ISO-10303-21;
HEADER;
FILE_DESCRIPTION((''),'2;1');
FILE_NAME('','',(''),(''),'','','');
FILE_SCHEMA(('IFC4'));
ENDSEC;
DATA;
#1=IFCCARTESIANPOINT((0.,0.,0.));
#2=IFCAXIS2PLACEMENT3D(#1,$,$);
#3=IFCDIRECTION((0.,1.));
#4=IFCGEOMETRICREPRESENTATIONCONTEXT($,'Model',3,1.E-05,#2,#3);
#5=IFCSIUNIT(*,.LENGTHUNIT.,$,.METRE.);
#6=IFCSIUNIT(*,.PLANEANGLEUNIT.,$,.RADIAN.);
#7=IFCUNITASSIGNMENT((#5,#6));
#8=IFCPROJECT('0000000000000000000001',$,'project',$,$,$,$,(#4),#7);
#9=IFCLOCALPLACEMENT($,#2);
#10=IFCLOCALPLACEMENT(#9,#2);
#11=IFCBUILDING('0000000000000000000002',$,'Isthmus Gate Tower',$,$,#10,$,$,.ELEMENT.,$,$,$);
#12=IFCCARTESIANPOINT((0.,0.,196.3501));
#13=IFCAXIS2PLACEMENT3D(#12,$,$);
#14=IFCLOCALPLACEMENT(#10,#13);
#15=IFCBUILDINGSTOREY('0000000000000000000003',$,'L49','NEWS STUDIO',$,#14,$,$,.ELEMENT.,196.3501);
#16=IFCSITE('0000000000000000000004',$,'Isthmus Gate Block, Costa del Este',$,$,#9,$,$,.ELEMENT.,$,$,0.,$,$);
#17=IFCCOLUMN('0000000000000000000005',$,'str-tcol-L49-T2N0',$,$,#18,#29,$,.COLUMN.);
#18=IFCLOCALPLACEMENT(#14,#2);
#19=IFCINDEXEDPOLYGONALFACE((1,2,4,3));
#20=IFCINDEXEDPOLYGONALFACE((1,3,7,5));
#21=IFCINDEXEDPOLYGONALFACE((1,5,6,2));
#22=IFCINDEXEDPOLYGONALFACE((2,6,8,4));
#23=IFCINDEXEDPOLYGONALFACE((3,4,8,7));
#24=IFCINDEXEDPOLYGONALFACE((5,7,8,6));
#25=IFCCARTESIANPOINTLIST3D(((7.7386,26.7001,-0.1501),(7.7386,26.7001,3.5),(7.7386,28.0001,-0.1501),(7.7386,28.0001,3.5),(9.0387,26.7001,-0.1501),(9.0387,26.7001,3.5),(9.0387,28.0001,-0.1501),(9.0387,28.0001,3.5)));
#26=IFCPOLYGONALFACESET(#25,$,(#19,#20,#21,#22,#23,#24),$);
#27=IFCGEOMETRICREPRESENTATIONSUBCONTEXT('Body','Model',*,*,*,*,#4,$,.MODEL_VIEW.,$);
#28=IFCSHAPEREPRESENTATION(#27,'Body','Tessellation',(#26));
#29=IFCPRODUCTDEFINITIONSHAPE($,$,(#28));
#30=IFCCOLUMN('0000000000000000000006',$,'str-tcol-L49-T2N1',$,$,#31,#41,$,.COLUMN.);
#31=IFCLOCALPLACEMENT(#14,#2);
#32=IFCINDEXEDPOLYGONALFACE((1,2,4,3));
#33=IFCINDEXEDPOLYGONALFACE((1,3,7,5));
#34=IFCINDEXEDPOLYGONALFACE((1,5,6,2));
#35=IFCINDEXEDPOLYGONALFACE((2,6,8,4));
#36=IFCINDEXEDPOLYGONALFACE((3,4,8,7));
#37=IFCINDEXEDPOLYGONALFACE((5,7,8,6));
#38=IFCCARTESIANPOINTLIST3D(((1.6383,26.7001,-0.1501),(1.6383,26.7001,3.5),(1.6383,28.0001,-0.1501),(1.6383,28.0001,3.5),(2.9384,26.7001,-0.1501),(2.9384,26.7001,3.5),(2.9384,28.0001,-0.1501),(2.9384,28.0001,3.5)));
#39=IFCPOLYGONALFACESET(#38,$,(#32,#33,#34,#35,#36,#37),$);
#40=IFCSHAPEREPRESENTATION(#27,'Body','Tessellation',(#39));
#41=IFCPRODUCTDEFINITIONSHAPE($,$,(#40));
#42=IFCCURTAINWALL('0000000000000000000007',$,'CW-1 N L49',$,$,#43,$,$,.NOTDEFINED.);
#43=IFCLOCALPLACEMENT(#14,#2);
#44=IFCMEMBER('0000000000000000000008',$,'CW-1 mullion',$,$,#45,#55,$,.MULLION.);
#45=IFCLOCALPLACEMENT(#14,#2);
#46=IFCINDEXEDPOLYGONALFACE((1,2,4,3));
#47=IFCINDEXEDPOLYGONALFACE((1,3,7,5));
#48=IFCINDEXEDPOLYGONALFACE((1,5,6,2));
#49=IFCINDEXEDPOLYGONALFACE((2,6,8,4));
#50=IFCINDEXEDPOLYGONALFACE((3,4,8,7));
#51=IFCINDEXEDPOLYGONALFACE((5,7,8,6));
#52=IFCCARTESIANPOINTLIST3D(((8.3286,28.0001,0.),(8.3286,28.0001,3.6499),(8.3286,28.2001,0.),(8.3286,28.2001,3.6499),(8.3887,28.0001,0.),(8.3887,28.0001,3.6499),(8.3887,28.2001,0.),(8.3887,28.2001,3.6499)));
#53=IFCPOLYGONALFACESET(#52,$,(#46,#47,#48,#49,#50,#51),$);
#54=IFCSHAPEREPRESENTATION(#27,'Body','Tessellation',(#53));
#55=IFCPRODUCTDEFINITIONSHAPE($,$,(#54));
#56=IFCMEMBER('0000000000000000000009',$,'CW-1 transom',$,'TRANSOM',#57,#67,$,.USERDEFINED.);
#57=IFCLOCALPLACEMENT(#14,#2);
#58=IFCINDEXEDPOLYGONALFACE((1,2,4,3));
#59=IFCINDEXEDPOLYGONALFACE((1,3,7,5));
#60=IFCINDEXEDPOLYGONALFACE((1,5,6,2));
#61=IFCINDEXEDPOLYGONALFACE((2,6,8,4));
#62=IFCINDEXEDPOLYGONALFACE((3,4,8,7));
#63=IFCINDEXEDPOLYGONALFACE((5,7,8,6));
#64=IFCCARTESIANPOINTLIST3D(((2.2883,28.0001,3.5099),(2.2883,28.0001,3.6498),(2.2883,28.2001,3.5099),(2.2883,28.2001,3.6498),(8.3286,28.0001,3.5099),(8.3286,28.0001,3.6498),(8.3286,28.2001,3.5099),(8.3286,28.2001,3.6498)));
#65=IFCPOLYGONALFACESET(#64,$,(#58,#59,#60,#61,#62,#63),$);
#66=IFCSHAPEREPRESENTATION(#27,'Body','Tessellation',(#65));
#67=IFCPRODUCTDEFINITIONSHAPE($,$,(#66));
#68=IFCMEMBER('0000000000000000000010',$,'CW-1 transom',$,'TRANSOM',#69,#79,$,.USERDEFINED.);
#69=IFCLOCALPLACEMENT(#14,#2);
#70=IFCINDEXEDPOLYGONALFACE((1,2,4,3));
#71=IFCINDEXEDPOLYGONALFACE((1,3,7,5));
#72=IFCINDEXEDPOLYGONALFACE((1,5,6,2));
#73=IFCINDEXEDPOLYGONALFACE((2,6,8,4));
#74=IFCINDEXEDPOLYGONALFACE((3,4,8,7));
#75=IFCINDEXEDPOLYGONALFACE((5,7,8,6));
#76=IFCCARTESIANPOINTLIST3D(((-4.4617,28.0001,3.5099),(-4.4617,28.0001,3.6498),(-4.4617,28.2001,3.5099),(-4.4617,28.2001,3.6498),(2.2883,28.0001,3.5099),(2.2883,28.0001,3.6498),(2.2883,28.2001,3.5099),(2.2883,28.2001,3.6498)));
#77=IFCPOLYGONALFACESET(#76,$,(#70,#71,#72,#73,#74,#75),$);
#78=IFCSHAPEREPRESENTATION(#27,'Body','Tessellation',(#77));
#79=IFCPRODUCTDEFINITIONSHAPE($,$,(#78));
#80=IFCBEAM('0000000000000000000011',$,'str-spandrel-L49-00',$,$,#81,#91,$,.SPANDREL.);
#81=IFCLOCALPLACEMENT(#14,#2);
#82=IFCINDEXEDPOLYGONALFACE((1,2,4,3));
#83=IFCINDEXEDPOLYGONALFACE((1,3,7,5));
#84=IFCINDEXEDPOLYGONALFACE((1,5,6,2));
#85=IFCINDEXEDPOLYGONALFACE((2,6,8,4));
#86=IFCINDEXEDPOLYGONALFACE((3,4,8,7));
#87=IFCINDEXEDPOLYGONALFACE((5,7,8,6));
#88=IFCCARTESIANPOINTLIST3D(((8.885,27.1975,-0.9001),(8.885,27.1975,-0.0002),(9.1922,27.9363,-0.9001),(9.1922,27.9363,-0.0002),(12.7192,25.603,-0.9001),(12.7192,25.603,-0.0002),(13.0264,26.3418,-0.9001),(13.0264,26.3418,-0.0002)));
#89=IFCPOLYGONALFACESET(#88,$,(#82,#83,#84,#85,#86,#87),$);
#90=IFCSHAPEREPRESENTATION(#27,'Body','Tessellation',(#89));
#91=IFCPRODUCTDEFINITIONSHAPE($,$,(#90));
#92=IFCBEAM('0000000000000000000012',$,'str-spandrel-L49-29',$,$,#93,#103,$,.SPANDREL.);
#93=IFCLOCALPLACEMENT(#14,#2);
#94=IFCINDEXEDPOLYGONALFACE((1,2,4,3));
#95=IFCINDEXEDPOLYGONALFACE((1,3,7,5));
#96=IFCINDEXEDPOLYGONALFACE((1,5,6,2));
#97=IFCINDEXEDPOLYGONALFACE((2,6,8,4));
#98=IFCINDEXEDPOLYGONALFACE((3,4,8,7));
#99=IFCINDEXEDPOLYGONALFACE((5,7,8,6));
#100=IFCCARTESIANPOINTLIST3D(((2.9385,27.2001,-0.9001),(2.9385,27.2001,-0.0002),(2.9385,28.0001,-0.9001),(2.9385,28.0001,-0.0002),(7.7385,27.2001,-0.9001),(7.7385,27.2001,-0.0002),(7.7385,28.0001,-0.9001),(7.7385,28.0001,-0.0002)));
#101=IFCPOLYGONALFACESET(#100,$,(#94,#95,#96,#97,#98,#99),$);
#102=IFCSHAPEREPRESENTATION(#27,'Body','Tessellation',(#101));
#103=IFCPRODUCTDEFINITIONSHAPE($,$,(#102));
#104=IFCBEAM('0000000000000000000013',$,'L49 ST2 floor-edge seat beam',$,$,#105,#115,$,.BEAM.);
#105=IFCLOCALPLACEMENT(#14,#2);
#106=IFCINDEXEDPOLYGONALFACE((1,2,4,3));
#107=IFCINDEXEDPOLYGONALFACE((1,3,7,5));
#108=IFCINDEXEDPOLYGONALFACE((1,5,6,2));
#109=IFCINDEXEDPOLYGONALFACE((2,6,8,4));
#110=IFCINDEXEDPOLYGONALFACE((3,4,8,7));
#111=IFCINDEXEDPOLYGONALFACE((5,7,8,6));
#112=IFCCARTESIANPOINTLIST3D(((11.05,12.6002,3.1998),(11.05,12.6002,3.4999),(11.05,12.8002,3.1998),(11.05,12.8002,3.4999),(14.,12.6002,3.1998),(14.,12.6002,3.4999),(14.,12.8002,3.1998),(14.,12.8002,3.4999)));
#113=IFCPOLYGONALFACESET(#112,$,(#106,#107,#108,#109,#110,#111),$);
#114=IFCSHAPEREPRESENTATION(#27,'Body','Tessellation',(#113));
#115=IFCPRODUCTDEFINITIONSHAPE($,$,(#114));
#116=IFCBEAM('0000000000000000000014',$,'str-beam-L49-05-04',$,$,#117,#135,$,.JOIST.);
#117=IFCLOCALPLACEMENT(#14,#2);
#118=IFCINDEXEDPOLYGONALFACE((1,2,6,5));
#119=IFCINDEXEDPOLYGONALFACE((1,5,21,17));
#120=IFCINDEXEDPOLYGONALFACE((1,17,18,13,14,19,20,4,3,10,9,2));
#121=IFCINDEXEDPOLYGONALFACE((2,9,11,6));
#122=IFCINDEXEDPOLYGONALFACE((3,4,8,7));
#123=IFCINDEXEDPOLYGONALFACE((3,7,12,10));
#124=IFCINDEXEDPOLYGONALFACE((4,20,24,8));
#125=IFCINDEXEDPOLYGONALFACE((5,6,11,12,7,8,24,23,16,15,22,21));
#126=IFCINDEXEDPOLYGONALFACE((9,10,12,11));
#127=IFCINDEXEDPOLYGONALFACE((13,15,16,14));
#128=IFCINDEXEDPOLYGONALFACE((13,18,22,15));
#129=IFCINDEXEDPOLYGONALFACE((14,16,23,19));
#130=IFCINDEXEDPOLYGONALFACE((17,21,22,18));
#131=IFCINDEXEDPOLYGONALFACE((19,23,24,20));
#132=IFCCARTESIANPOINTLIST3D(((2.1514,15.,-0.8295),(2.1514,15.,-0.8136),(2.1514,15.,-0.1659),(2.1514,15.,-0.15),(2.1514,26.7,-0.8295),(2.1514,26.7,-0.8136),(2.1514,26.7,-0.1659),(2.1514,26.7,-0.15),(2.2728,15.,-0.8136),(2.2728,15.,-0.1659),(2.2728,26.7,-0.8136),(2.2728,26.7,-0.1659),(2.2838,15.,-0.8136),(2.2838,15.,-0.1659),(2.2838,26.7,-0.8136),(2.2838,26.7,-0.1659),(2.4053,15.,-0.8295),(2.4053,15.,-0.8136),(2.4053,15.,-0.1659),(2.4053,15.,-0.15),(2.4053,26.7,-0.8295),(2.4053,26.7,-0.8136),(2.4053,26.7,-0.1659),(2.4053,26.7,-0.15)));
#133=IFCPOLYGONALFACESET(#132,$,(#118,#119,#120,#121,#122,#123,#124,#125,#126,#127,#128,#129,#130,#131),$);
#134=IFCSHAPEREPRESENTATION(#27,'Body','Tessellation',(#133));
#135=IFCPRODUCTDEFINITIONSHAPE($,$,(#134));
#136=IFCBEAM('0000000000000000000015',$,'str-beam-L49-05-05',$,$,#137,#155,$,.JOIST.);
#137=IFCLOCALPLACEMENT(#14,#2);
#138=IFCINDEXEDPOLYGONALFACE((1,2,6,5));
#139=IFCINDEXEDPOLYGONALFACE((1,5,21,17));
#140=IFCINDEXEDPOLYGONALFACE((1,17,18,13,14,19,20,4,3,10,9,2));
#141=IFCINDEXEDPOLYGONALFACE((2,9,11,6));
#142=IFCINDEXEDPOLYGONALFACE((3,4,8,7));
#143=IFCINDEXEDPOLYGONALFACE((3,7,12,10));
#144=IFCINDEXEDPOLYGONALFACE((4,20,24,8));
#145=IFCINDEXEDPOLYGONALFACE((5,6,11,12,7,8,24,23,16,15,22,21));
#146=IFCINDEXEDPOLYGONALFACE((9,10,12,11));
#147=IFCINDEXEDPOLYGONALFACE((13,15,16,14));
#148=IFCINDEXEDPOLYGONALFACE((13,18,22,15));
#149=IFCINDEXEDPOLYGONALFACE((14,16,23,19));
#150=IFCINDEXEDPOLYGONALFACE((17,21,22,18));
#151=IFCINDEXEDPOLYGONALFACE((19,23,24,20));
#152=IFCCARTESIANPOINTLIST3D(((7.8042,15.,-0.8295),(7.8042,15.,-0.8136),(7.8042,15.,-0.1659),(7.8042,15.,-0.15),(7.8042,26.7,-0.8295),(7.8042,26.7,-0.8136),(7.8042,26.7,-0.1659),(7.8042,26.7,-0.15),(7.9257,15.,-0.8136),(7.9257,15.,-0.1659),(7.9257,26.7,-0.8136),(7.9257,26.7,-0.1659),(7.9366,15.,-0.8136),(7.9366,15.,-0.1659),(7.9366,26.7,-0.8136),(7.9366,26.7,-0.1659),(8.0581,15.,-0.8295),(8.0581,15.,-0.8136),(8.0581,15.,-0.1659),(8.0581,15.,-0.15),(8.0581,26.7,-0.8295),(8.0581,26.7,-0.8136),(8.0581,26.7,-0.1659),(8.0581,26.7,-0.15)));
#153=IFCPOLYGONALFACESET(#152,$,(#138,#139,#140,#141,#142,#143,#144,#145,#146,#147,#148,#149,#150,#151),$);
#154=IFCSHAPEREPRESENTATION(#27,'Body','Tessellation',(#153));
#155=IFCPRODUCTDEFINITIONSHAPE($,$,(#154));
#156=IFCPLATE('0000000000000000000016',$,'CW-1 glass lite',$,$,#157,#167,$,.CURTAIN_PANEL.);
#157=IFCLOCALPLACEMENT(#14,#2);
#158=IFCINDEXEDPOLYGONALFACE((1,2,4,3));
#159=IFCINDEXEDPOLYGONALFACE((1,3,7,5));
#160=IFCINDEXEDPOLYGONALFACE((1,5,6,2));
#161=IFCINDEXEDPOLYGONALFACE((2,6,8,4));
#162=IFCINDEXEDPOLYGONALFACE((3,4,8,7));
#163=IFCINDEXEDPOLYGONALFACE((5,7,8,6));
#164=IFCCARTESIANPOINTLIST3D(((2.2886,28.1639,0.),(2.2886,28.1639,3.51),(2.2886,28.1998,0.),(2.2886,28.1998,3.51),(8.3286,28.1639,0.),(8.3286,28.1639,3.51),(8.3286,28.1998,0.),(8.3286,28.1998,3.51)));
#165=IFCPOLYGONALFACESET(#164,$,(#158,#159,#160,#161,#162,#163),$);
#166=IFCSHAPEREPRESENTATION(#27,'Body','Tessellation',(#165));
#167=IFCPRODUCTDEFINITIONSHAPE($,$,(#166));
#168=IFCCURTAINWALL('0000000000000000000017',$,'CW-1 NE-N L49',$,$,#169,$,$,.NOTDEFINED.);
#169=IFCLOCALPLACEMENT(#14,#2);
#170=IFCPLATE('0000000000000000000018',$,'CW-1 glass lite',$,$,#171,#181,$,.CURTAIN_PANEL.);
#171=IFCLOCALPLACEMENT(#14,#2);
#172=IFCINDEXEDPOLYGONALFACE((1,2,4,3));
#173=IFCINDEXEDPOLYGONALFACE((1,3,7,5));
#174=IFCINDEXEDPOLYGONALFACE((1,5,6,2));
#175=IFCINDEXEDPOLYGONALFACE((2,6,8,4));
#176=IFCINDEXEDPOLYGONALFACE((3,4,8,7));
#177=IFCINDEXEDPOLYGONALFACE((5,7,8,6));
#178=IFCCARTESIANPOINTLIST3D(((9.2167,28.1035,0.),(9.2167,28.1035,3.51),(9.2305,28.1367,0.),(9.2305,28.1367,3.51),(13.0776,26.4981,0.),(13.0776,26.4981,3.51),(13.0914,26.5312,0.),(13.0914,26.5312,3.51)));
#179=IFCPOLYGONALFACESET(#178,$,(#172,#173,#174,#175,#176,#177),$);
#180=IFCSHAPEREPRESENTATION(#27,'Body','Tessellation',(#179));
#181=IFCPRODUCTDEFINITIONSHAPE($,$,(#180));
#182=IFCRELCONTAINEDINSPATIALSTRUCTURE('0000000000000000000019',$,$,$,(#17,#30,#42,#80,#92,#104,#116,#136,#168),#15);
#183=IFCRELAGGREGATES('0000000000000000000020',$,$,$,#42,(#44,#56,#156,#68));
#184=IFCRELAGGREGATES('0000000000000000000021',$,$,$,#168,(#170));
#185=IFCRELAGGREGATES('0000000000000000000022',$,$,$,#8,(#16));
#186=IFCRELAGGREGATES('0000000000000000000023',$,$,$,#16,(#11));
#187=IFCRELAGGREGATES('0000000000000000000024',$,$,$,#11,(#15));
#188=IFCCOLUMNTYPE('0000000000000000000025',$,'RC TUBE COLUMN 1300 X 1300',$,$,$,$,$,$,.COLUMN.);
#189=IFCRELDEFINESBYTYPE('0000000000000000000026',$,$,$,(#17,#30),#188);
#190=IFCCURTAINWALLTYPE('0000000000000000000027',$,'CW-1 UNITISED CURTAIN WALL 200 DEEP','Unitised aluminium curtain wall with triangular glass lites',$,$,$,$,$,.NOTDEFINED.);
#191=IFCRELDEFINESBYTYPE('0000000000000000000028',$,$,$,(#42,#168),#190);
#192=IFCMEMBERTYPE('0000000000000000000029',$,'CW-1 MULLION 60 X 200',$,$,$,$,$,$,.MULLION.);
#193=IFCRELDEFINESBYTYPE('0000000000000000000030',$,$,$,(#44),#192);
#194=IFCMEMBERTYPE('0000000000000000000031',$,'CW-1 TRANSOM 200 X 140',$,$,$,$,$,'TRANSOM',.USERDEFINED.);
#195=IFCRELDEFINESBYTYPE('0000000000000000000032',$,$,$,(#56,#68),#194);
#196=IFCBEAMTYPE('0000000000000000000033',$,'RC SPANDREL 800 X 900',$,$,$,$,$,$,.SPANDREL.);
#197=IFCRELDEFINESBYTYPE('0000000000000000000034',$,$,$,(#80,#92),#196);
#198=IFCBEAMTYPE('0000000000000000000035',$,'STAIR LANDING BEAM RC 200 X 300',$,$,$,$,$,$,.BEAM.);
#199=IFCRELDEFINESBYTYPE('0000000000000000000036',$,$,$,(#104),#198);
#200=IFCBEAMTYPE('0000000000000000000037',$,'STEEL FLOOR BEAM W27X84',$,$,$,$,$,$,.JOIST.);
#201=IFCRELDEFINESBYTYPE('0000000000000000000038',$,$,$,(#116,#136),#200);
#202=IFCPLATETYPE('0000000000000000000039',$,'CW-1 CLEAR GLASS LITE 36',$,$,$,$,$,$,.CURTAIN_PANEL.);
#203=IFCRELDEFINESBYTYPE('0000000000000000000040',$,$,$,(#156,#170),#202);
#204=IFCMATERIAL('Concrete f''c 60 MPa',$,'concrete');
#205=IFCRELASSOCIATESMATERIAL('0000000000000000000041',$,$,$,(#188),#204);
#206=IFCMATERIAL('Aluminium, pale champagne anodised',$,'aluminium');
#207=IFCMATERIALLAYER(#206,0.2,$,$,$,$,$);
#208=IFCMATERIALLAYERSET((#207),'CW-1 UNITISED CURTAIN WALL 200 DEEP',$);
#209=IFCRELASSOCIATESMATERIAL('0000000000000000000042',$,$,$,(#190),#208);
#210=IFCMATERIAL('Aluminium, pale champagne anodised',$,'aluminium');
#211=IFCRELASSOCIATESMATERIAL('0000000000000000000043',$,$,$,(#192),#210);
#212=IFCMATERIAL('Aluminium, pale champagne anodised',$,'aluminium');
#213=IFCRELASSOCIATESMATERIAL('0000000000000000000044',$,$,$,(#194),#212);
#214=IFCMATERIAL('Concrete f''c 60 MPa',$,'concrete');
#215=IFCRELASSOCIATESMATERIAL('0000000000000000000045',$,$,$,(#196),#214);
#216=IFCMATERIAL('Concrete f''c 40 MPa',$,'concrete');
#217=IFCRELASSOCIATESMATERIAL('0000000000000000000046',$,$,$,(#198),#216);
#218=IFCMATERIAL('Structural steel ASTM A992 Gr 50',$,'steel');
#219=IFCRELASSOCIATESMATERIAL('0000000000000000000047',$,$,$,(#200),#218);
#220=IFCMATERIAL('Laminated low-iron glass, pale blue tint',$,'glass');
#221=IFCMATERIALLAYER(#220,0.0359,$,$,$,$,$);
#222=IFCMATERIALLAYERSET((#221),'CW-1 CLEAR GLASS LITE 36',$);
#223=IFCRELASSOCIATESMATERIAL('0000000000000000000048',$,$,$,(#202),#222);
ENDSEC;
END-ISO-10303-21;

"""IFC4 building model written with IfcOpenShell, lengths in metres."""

from ifc_helpers import new_model, si_unit, direction, frame, origin, origin_2d, place, context, subcontext, project, spatial, rectangle, i_section, extrude, material, layer, layer_set, material_profile, profile_set, type_object, element, aggregate, save


model = new_model("IFC4")

# Units and contexts
model_context = context("Model", 3, precision=1e-05, world=origin(), true_north=direction((0.0, 1.0)))
body_context = subcontext(model_context, "Body", "Model", "MODEL_VIEW")
ifc_project = project(units=[si_unit("LENGTHUNIT", "METRE"), si_unit("PLANEANGLEUNIT", "RADIAN")], contexts=[model_context])

# Site, building, storey
site_placement = place(None, origin())
site = spatial("IfcSite", under=ifc_project, at=site_placement, Name="Isthmus Gate Block, Costa del Este", CompositionType="ELEMENT", RefElevation=0.0)
building_placement = place(site_placement, origin())
building = spatial("IfcBuilding", under=site, at=building_placement, Name="Isthmus Gate Tower", CompositionType="ELEMENT")
storey_placement = place(building_placement, frame((0.0, 0.0, 196.3501)))
storey = spatial("IfcBuildingStorey", under=building, at=storey_placement, Name="L49", Description="NEWS STUDIO", CompositionType="ELEMENT", Elevation=196.3501)

# Columns
ifc_material_1 = material(Name="Concrete f'c 60 MPa", Category="concrete")
ifc_material_profile_1 = material_profile(ifc_material_1, rectangle(XDim=1.3, YDim=1.3, at=origin_2d()), Name="RC 1300X1300")
ifc_profile_set_1 = profile_set([ifc_material_profile_1], Name="Concrete f'c 60 MPa")
column_type = type_object("IfcColumnType", Name="RC TUBE COLUMN 1300 X 1300", PredefinedType="COLUMN", material=ifc_profile_set_1)
for number, where, z_axis, x_axis, name in (
    (1, (8.3887, 27.3501, -0.1501), (0.0, 0.0, 1.0), (-1.0, 0.0, 0.0), "str-tcol-L49-T2N0"),
    (2, (2.2883, 27.3501, -0.1501), (0.0, 0.0, 1.0), (-1.0, 0.0, 0.0), "str-tcol-L49-T2N1"),
):
    element("IfcColumn", number, at=place(storey_placement, frame(where, z_axis=z_axis, x_axis=x_axis)), inside=storey, type_object=column_type, Name=name, PredefinedType="COLUMN", context=body_context, shape_type="SweptSolid", body=[
        extrude(rectangle(XDim=1.3, YDim=1.3, at=origin_2d()), origin(), (0.0, 0.0, 1.0), 3.6501),
    ])

# Curtain wall, members
ifc_material_2 = material(Name="Aluminium, pale champagne anodised", Category="aluminium")
ifc_layer_1 = layer(ifc_material_2, 0.2)
ifc_layer_set_1 = layer_set([ifc_layer_1], Name="CW-1 UNITISED CURTAIN WALL 200 DEEP")
curtain_wall_type = type_object("IfcCurtainWallType", Name="CW-1 UNITISED CURTAIN WALL 200 DEEP", Description="Unitised aluminium curtain wall with triangular glass lites", PredefinedType="NOTDEFINED", material=ifc_layer_set_1)
curtain_wall_1_placement = place(storey_placement, origin())
curtain_wall_1 = element("IfcCurtainWall", 3, at=curtain_wall_1_placement, inside=storey, type_object=curtain_wall_type, Name="CW-1 N L49", PredefinedType="NOTDEFINED")
ifc_material_3 = material(Name="Aluminium, pale champagne anodised", Category="aluminium")
ifc_material_profile_2 = material_profile(ifc_material_3, rectangle(XDim=0.0601, YDim=0.2, at=origin_2d()), Name="60x200")
ifc_profile_set_2 = profile_set([ifc_material_profile_2], Name="Aluminium, pale champagne anodised")
member_type_1 = type_object("IfcMemberType", Name="CW-1 MULLION 60 X 200", PredefinedType="MULLION", material=ifc_profile_set_2)
member_1_placement = place(storey_placement, frame((8.3586, 28.1001, 0.0), z_axis=(0.0, 0.0, 1.0), x_axis=(-1.0, 0.0, 0.0)))
member_1 = element("IfcMember", 4, at=member_1_placement, type_object=member_type_1, Name="CW-1 mullion", PredefinedType="MULLION", context=body_context, shape_type="SweptSolid", body=[
    extrude(rectangle(XDim=0.0601, YDim=0.2, at=origin_2d()), origin(), (0.0, 0.0, 1.0), 3.6499),
])
ifc_material_4 = material(Name="Aluminium, pale champagne anodised", Category="aluminium")
ifc_material_profile_3 = material_profile(ifc_material_4, rectangle(XDim=0.2, YDim=0.1399, at=origin_2d()), Name="200x140")
ifc_profile_set_3 = profile_set([ifc_material_profile_3], Name="Aluminium, pale champagne anodised")
member_type_2 = type_object("IfcMemberType", Name="CW-1 TRANSOM 200 X 140", ElementType="TRANSOM", PredefinedType="USERDEFINED", material=ifc_profile_set_3)
member_2_placement = place(storey_placement, frame((8.3286, 28.1001, 3.5798), z_axis=(-1.0, 0.0, 0.0), x_axis=(0.0, -1.0, 0.0)))
member_2 = element("IfcMember", 5, at=member_2_placement, type_object=member_type_2, Name="CW-1 transom", ObjectType="TRANSOM", PredefinedType="USERDEFINED", context=body_context, shape_type="SweptSolid", body=[
    extrude(rectangle(XDim=0.2, YDim=0.1399, at=origin_2d()), origin(), (0.0, 0.0, 1.0), 6.0403),
])
member_3_placement = place(storey_placement, frame((2.2883, 28.1001, 3.5798), z_axis=(-1.0, 0.0, 0.0), x_axis=(0.0, -1.0, 0.0)))
member_3 = element("IfcMember", 6, at=member_3_placement, type_object=member_type_2, Name="CW-1 transom", ObjectType="TRANSOM", PredefinedType="USERDEFINED", context=body_context, shape_type="SweptSolid", body=[
    extrude(rectangle(XDim=0.2, YDim=0.1399, at=origin_2d()), origin(), (0.0, 0.0, 1.0), 6.75),
])

# Beams
ifc_material_5 = material(Name="Concrete f'c 60 MPa", Category="concrete")
ifc_material_profile_4 = material_profile(ifc_material_5, rectangle(XDim=0.8, YDim=0.8999, at=origin_2d()), Name="RC 800X900")
ifc_profile_set_4 = profile_set([ifc_material_profile_4], Name="Concrete f'c 60 MPa")
beam_type_1 = type_object("IfcBeamType", Name="RC SPANDREL 800 X 900", PredefinedType="SPANDREL", material=ifc_profile_set_4)
beam_1_placement = place(storey_placement, frame((9.0386, 27.5669, -0.4502), z_axis=(0.923343, -0.383977, 0.0), x_axis=(0.383977, 0.923343, 0.0)))
element("IfcBeam", 7, at=beam_1_placement, inside=storey, type_object=beam_type_1, Name="str-spandrel-L49-00", PredefinedType="SPANDREL", context=body_context, shape_type="SweptSolid", body=[
    extrude(rectangle(XDim=0.8, YDim=0.8999, at=origin_2d()), origin(), (0.0, 0.0, 1.0), 4.1526),
])
beam_2_placement = place(storey_placement, frame((2.9385, 27.6001, -0.4502), z_axis=(1.0, 0.0, 0.0), x_axis=(0.0, 1.0, 0.0)))
element("IfcBeam", 8, at=beam_2_placement, inside=storey, type_object=beam_type_1, Name="str-spandrel-L49-29", PredefinedType="SPANDREL", context=body_context, shape_type="SweptSolid", body=[
    extrude(rectangle(XDim=0.8, YDim=0.8999, at=origin_2d()), origin(), (0.0, 0.0, 1.0), 4.8),
])
ifc_material_6 = material(Name="Concrete f'c 40 MPa", Category="concrete")
ifc_material_profile_5 = material_profile(ifc_material_6, rectangle(XDim=0.2, YDim=0.3, at=origin_2d()), Name="STAIR LANDING BEAM RC 200 X 300")
ifc_profile_set_5 = profile_set([ifc_material_profile_5], Name="Concrete f'c 40 MPa")
beam_type_2 = type_object("IfcBeamType", Name="STAIR LANDING BEAM RC 200 X 300", PredefinedType="BEAM", material=ifc_profile_set_5)
beam_3_placement = place(storey_placement, frame((11.05, 12.7002, 3.3499), z_axis=(1.0, 0.0, 0.0), x_axis=(0.0, 1.0, 0.0)))
element("IfcBeam", 9, at=beam_3_placement, inside=storey, type_object=beam_type_2, Name="L49 ST2 floor-edge seat beam", PredefinedType="BEAM", context=body_context, shape_type="SweptSolid", body=[
    extrude(rectangle(XDim=0.2, YDim=0.3, at=origin_2d()), origin(), (0.0, 0.0, 1.0), 2.95),
])
ifc_material_7 = material(Name="Structural steel ASTM A992 Gr 50", Category="steel")
ifc_material_profile_6 = material_profile(ifc_material_7, i_section(OverallWidth=0.2539, OverallDepth=0.6794, WebThickness=0.011, FlangeThickness=0.0159, at=origin_2d()), Name="W27X84")
ifc_profile_set_6 = profile_set([ifc_material_profile_6], Name="Structural steel ASTM A992 Gr 50")
beam_type_3 = type_object("IfcBeamType", Name="STEEL FLOOR BEAM W27X84", PredefinedType="JOIST", material=ifc_profile_set_6)
for number, where, z_axis, x_axis, name in (
    (10, (2.2783, 15.0, -0.4897), (0.0, 1.0, 0.0), (-1.0, 0.0, 0.0), "str-beam-L49-05-04"),
    (11, (7.9312, 15.0, -0.4897), (0.0, 1.0, 0.0), (-1.0, 0.0, 0.0), "str-beam-L49-05-05"),
):
    element("IfcBeam", number, at=place(storey_placement, frame(where, z_axis=z_axis, x_axis=x_axis)), inside=storey, type_object=beam_type_3, Name=name, PredefinedType="JOIST", context=body_context, shape_type="SweptSolid", body=[
        extrude(i_section(OverallWidth=0.2539, OverallDepth=0.6794, WebThickness=0.011, FlangeThickness=0.0159, at=origin_2d()), origin(), (0.0, 0.0, 1.0), 11.7),
    ])

# Plate
ifc_material_8 = material(Name="Laminated low-iron glass, pale blue tint", Category="glass")
ifc_layer_2 = layer(ifc_material_8, 0.0359)
ifc_layer_set_2 = layer_set([ifc_layer_2], Name="CW-1 CLEAR GLASS LITE 36")
plate_type = type_object("IfcPlateType", Name="CW-1 CLEAR GLASS LITE 36", PredefinedType="CURTAIN_PANEL", material=ifc_layer_set_2)
plate_1_placement = place(storey_placement, frame((5.3086, 28.1819, 0.0), z_axis=(0.0, 0.0, 1.0), x_axis=(-1.0, 0.0, 0.0)))
plate_1 = element("IfcPlate", 12, at=plate_1_placement, type_object=plate_type, Name="CW-1 glass lite", PredefinedType="CURTAIN_PANEL", context=body_context, shape_type="SweptSolid", body=[
    extrude(rectangle(XDim=6.04, YDim=0.0359, at=origin_2d()), origin(), (0.0, 0.0, 1.0), 3.51),
])
aggregate(curtain_wall_1, [member_1, member_2, plate_1, member_3])

# Curtain wall, plate
curtain_wall_2_placement = place(storey_placement, origin())
curtain_wall_2 = element("IfcCurtainWall", 13, at=curtain_wall_2_placement, inside=storey, type_object=curtain_wall_type, Name="CW-1 NE-N L49", PredefinedType="NOTDEFINED")
plate_2_placement = place(storey_placement, frame((11.1541, 27.3174, 0.0), z_axis=(0.0, 0.0, 1.0), x_axis=(-0.923353, 0.383952, 0.0)))
plate_2 = element("IfcPlate", 14, at=plate_2_placement, type_object=plate_type, Name="CW-1 glass lite", PredefinedType="CURTAIN_PANEL", context=body_context, shape_type="SweptSolid", body=[
    extrude(rectangle(XDim=4.1814, YDim=0.0359, at=origin_2d()), origin(), (0.0, 0.0, 1.0), 3.51),
])
aggregate(curtain_wall_2, [plate_2])

save(model, "model.ifc")
